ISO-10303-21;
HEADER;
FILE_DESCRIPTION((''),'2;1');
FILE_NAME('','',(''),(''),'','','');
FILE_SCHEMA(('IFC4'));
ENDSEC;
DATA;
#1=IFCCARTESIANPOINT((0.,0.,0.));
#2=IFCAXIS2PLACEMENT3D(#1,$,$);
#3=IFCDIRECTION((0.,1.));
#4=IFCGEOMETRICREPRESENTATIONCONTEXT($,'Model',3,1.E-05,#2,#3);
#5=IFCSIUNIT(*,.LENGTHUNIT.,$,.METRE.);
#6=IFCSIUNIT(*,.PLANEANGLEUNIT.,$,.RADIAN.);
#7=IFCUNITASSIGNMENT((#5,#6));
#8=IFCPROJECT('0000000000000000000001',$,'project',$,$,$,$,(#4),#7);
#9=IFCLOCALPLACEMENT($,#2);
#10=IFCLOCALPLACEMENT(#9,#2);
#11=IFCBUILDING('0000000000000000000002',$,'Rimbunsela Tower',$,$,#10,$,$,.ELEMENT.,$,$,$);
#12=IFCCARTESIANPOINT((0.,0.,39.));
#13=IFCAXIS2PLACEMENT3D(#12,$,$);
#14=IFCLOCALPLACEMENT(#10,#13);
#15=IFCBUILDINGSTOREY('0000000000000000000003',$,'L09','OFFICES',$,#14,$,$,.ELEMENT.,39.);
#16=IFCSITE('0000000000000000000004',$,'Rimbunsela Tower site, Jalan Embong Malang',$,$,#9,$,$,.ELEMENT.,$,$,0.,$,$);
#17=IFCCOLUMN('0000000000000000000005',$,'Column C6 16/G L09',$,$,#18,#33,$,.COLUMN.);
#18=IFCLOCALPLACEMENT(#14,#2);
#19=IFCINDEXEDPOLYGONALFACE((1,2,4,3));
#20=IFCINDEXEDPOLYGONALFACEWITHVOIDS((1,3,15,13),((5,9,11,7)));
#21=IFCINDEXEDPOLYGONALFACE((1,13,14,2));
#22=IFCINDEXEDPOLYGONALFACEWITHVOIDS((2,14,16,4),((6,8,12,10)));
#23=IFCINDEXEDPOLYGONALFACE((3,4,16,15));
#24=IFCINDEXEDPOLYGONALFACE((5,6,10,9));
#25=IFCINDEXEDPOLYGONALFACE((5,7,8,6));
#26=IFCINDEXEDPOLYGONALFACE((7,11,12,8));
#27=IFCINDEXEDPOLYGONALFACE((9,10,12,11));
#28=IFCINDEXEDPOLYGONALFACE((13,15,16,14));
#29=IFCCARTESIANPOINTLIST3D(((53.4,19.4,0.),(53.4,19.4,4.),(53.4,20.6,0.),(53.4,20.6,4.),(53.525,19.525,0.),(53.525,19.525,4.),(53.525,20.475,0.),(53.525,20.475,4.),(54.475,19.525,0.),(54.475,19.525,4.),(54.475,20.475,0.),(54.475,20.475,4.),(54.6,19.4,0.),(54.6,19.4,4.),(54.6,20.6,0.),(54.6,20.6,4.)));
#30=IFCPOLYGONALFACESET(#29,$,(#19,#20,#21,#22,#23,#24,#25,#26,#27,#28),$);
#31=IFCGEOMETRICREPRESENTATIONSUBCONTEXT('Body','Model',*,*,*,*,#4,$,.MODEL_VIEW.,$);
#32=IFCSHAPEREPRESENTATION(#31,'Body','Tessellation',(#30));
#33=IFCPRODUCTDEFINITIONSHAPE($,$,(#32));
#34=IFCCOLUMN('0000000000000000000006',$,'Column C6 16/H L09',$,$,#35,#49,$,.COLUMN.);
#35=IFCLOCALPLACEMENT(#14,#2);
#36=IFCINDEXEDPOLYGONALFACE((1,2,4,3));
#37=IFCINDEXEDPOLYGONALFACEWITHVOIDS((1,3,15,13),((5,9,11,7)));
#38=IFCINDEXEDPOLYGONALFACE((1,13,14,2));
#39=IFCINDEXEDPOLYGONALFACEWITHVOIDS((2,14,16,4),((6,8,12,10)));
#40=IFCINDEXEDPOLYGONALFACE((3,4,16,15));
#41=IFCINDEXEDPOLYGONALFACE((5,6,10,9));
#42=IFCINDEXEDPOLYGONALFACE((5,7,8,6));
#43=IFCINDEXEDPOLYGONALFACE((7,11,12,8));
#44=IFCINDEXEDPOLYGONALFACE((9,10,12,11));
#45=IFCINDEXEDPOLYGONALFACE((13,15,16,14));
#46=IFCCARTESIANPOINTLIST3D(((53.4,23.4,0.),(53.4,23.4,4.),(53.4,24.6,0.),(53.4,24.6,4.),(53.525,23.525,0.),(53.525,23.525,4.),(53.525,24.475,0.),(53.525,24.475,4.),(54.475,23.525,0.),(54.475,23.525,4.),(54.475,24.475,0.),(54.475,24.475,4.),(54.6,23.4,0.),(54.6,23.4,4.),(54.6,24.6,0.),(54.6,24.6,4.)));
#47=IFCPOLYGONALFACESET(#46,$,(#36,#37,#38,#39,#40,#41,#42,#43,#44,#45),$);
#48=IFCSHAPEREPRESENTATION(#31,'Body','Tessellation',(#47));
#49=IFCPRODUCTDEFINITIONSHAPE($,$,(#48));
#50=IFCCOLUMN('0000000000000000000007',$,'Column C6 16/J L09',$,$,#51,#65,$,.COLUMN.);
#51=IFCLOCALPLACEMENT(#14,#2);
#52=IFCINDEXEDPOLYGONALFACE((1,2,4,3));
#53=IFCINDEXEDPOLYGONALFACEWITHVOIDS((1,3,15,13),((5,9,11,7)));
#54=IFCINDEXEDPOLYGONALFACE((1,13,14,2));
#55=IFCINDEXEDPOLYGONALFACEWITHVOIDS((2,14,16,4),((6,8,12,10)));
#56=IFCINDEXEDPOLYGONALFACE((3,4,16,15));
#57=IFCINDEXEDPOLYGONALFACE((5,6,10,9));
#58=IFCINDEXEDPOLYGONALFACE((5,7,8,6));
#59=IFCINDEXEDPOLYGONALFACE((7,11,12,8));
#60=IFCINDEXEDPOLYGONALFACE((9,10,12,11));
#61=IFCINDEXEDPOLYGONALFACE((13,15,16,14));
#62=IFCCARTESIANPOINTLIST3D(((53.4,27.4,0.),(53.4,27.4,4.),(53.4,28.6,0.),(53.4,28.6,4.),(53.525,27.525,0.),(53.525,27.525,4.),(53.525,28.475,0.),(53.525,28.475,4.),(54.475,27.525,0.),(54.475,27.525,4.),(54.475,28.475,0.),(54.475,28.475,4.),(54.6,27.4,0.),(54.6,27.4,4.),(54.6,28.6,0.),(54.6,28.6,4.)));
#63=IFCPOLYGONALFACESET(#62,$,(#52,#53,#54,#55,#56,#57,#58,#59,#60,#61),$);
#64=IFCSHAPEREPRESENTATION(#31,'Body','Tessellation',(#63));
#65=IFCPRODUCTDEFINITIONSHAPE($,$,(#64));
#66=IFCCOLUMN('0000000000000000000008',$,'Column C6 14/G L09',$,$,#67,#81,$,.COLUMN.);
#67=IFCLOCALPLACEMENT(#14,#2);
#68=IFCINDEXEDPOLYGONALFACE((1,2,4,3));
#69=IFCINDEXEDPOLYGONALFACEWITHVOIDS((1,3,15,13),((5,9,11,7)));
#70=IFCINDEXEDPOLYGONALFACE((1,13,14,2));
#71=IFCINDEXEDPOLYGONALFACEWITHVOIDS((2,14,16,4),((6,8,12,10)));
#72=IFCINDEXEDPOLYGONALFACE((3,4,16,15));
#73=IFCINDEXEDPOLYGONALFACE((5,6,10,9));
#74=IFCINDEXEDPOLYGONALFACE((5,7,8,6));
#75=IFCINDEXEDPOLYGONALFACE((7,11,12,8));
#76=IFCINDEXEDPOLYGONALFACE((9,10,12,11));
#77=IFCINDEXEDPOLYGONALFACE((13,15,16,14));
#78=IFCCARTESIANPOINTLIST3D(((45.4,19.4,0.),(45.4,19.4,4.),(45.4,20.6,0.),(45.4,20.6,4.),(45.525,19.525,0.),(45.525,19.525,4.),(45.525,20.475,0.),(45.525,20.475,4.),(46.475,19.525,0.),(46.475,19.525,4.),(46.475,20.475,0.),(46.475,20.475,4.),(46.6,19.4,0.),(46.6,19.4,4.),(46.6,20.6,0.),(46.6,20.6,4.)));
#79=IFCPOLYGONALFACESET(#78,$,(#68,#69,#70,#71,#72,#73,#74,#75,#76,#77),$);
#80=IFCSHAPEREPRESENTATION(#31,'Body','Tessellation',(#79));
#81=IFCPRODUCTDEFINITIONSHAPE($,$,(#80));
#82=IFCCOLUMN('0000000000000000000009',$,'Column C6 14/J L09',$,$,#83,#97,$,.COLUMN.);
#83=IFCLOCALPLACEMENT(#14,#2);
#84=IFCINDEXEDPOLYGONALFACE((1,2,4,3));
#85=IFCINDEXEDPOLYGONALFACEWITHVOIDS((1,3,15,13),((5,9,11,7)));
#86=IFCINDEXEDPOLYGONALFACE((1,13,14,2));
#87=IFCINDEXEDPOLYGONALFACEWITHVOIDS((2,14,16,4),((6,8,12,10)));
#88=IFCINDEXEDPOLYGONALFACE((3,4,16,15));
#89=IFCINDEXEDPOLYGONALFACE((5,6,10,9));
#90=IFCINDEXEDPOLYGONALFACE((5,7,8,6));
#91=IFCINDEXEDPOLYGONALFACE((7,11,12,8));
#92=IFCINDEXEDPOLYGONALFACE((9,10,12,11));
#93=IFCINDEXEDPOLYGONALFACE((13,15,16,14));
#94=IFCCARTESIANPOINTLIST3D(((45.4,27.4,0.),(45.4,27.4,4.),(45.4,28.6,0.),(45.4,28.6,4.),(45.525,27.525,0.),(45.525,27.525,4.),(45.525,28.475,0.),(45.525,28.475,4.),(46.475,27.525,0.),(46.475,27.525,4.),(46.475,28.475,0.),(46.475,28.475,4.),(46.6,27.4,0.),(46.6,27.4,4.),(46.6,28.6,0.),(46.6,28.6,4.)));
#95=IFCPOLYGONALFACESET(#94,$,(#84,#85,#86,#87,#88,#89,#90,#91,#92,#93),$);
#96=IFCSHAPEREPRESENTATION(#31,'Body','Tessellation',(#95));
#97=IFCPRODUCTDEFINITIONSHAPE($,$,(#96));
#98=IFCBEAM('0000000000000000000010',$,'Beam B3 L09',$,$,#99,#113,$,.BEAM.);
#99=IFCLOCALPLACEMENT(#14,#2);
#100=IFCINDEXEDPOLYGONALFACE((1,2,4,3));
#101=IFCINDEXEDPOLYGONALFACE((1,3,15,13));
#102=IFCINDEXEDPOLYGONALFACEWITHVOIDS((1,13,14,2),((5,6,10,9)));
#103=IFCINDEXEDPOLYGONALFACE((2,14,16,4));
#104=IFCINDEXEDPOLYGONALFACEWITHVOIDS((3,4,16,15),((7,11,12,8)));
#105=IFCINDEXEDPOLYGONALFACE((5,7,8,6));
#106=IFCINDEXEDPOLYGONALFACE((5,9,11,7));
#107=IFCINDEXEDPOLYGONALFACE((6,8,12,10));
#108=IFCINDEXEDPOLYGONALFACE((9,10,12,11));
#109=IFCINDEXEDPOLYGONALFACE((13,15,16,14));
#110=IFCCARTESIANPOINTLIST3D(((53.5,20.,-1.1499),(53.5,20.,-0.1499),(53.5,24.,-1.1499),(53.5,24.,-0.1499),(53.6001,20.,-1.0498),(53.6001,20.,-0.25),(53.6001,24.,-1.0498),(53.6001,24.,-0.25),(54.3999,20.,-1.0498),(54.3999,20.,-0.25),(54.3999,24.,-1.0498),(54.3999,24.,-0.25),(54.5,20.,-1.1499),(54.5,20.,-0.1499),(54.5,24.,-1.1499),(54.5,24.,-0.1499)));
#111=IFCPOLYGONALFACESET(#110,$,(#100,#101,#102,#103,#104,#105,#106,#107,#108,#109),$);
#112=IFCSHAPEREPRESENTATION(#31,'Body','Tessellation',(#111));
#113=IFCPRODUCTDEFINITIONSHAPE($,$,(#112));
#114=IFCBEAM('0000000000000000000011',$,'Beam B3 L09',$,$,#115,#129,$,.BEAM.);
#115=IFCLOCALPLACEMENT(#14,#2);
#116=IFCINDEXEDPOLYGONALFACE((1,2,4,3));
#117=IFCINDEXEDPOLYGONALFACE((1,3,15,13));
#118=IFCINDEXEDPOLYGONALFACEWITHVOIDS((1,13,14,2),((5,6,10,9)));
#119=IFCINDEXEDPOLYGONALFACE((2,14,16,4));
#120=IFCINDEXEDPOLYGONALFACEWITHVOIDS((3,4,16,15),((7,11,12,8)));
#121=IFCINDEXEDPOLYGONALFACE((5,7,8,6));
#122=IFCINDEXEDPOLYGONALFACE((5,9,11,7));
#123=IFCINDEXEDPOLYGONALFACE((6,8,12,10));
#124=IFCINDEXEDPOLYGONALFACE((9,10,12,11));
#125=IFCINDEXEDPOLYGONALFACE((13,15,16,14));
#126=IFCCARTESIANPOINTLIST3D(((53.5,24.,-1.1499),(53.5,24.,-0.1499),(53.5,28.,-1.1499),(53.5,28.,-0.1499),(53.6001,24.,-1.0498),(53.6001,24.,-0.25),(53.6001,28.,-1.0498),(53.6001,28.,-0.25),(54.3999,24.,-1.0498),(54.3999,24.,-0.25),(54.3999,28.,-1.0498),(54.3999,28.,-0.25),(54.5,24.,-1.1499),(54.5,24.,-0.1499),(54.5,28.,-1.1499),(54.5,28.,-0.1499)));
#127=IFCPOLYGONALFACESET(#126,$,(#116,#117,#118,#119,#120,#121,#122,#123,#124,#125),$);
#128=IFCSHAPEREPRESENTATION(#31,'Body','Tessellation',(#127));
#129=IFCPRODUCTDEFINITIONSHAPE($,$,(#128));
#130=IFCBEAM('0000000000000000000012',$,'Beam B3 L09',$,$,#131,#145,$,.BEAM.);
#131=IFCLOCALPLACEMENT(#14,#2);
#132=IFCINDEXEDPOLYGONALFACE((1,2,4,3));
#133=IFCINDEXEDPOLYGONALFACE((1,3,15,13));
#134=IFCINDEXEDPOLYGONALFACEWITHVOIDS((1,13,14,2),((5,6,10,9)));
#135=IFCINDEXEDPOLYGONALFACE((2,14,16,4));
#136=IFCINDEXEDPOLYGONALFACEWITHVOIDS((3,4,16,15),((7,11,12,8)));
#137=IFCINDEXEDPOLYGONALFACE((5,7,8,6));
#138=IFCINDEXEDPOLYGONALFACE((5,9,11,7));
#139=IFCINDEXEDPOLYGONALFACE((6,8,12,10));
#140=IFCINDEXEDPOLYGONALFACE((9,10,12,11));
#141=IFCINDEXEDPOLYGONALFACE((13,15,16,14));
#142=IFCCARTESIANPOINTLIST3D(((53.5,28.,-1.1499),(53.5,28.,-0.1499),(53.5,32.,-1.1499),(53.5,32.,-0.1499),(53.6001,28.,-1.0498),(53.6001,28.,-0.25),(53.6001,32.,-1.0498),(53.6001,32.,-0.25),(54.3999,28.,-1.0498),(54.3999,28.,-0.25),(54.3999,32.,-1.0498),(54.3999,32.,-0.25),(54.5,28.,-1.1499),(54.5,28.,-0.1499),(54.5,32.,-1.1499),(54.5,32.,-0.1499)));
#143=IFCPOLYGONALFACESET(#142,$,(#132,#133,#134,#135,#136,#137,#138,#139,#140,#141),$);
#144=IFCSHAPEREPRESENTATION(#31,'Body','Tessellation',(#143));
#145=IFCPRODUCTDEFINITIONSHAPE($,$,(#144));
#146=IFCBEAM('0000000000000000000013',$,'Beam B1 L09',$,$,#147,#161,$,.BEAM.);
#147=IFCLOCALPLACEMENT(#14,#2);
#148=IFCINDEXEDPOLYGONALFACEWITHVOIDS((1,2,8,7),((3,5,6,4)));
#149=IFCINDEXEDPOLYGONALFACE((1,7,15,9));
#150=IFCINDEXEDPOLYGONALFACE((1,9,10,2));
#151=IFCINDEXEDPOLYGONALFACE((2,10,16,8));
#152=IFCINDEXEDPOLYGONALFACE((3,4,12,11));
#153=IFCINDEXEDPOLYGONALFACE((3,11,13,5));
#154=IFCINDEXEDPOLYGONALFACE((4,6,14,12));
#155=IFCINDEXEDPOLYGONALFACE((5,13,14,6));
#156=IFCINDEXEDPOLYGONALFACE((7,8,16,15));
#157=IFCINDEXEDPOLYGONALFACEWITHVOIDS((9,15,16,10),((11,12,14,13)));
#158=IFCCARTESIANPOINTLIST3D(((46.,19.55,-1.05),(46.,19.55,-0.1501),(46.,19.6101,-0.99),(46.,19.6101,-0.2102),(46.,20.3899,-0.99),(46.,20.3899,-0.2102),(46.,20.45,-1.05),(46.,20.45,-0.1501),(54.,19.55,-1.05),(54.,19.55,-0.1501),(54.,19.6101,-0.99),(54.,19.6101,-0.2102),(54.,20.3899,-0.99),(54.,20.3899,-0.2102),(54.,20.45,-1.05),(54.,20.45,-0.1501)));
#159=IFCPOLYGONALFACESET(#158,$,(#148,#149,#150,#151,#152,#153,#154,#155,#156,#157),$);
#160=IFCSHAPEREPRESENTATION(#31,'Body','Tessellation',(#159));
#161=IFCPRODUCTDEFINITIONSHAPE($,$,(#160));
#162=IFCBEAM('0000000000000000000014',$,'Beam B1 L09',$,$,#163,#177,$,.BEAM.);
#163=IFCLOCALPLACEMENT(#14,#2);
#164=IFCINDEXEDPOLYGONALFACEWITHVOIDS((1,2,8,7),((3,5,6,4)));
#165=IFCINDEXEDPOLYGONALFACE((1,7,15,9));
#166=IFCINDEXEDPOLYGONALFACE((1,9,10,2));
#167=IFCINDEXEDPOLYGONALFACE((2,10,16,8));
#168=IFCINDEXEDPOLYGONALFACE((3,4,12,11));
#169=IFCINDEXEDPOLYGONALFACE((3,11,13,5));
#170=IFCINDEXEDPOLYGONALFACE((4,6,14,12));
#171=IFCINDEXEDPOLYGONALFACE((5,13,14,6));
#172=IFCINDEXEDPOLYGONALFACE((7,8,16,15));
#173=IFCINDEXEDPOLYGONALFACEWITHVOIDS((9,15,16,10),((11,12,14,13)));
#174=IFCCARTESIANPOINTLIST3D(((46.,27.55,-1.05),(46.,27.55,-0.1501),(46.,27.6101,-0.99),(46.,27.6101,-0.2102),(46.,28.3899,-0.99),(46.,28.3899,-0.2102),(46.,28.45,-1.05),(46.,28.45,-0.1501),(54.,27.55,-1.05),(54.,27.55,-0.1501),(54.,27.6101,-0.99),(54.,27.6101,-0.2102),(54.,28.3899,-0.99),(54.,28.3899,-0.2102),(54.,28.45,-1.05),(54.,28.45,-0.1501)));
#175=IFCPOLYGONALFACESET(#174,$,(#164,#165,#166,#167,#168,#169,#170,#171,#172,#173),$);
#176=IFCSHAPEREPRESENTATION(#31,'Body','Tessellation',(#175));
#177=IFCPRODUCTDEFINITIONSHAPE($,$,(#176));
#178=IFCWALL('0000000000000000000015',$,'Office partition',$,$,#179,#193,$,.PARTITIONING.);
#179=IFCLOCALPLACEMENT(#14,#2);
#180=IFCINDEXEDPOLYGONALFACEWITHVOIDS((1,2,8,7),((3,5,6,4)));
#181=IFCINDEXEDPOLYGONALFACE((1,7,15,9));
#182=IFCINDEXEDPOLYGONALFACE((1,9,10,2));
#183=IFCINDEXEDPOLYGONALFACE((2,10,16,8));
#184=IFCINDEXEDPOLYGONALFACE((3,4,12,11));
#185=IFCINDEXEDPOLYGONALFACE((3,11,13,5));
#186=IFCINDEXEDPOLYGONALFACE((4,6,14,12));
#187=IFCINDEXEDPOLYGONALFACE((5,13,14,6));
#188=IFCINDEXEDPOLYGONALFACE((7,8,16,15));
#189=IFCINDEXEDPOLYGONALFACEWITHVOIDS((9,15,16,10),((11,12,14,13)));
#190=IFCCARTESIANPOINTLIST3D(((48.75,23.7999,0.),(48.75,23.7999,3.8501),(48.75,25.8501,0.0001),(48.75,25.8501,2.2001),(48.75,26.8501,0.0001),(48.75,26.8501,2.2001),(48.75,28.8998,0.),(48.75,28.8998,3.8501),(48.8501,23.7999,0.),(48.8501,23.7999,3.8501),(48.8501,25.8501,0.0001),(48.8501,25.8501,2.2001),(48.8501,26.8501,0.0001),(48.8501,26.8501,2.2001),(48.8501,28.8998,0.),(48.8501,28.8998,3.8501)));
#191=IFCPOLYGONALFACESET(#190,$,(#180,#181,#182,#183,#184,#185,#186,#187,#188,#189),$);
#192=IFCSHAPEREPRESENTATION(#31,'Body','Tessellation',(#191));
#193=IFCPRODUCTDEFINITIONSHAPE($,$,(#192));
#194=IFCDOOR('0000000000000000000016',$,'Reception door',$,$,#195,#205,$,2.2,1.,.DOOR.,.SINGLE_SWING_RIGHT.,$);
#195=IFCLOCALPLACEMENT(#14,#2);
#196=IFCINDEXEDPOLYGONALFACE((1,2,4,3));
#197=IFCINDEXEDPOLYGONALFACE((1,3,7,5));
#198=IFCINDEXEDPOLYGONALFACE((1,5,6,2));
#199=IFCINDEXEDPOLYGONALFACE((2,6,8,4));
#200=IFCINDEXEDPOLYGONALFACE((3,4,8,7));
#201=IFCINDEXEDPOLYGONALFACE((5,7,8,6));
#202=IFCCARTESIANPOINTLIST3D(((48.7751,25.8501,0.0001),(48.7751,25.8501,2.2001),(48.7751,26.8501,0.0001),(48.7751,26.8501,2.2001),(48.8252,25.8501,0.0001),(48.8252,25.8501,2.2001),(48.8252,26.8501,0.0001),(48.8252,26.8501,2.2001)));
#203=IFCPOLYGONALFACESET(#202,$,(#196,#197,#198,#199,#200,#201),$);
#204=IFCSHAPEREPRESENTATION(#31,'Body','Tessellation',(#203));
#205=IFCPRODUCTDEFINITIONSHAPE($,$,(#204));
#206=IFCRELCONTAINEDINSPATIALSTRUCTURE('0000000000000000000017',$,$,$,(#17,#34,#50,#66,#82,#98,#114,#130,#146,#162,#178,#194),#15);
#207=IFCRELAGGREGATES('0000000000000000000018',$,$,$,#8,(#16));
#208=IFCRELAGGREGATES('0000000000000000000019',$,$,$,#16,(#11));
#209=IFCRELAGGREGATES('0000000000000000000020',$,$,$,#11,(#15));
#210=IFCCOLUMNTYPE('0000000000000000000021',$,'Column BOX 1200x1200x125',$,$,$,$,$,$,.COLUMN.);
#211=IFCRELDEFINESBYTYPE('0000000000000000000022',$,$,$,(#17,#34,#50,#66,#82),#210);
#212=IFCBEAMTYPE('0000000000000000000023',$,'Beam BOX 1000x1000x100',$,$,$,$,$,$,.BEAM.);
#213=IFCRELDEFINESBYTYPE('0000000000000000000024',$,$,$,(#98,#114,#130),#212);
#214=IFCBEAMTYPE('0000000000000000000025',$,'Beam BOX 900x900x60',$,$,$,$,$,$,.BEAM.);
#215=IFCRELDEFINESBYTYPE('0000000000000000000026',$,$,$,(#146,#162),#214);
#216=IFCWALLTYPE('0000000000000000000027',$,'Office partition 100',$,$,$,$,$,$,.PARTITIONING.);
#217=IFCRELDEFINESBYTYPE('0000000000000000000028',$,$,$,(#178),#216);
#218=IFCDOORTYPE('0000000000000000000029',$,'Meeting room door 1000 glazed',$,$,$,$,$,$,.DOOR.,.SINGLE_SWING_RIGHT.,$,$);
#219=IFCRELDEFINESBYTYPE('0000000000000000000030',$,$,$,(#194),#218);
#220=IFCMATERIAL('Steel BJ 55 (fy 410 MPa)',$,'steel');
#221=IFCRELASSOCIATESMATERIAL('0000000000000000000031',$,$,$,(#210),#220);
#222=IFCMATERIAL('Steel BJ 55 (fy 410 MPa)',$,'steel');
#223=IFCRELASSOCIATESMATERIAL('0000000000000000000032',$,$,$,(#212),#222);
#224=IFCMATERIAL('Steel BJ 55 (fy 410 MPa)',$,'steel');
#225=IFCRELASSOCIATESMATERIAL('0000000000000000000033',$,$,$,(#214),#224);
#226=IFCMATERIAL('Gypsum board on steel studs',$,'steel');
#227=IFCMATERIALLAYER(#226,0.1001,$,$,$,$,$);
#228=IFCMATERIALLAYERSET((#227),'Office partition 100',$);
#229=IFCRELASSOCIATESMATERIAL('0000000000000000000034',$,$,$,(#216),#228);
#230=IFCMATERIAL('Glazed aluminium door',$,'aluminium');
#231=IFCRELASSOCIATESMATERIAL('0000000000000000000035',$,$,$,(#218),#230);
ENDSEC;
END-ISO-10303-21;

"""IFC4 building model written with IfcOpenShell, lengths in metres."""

from ifc_helpers import new_model, si_unit, direction, frame, frame_2d, origin, origin_2d, place, context, subcontext, project, spatial, rectangle, hollow_rectangle, extrude, material, layer, layer_set, material_profile, profile_set, type_object, element, fill, save


model = new_model("IFC4")

# Units and contexts
model_context = context("Model", 3, precision=1e-05, world=origin(), true_north=direction((0.0, 1.0)))
body_context = subcontext(model_context, "Body", "Model", "MODEL_VIEW")
ifc_project = project(units=[si_unit("LENGTHUNIT", "METRE"), si_unit("PLANEANGLEUNIT", "RADIAN")], contexts=[model_context])

# Site, building, storey
site_placement = place(None, origin())
site = spatial("IfcSite", under=ifc_project, at=site_placement, Name="Rimbunsela Tower site, Jalan Embong Malang", CompositionType="ELEMENT", RefElevation=0.0)
building_placement = place(site_placement, origin())
building = spatial("IfcBuilding", under=site, at=building_placement, Name="Rimbunsela Tower", CompositionType="ELEMENT")
storey_placement = place(building_placement, frame((0.0, 0.0, 39.0)))
storey = spatial("IfcBuildingStorey", under=building, at=storey_placement, Name="L09", Description="OFFICES", CompositionType="ELEMENT", Elevation=39.0)

# Columns
ifc_material_1 = material(Name="Steel BJ 55 (fy 410 MPa)", Category="steel")
ifc_material_profile_1 = material_profile(ifc_material_1, hollow_rectangle(XDim=1.2, YDim=1.2, WallThickness=0.125, at=origin_2d()), Name="BOX 1200x1200x125")
ifc_profile_set_1 = profile_set([ifc_material_profile_1], Name="Steel BJ 55 (fy 410 MPa)")
column_type = type_object("IfcColumnType", Name="Column BOX 1200x1200x125", PredefinedType="COLUMN", material=ifc_profile_set_1)
for number, where, z_axis, x_axis, name in (
    (1, (54.0, 20.0, 0.0), (0.0, 0.0, 1.0), (1.0, 0.0, 0.0), "Column C6 16/G L09"),
    (2, (54.0, 24.0, 0.0), (0.0, 0.0, 1.0), (1.0, 0.0, 0.0), "Column C6 16/H L09"),
    (3, (54.0, 28.0, 0.0), (0.0, 0.0, 1.0), (1.0, 0.0, 0.0), "Column C6 16/J L09"),
    (4, (46.0, 20.0, 0.0), (0.0, 0.0, 1.0), (1.0, 0.0, 0.0), "Column C6 14/G L09"),
    (5, (46.0, 28.0, 0.0), (0.0, 0.0, 1.0), (1.0, 0.0, 0.0), "Column C6 14/J L09"),
):
    element("IfcColumn", number, at=place(storey_placement, frame(where, z_axis=z_axis, x_axis=x_axis)), inside=storey, type_object=column_type, Name=name, PredefinedType="COLUMN", context=body_context, shape_type="SweptSolid", body=[
        extrude(hollow_rectangle(XDim=1.2, YDim=1.2, WallThickness=0.125, at=origin_2d()), origin(), (0.0, 0.0, 1.0), 4.0),
    ])

# Beams
ifc_material_2 = material(Name="Steel BJ 55 (fy 410 MPa)", Category="steel")
ifc_material_profile_2 = material_profile(ifc_material_2, hollow_rectangle(XDim=1.0, YDim=1.0, WallThickness=0.1001, at=origin_2d()), Name="BOX 1000x1000x100")
ifc_profile_set_2 = profile_set([ifc_material_profile_2], Name="Steel BJ 55 (fy 410 MPa)")
beam_type_1 = type_object("IfcBeamType", Name="Beam BOX 1000x1000x100", PredefinedType="BEAM", material=ifc_profile_set_2)
for number, where, z_axis, x_axis, name in (
    (6, (54.0, 20.0, -0.6499), (0.0, 1.0, 0.0), (-1.0, 0.0, 0.0), "Beam B3 L09"),
    (7, (54.0, 24.0, -0.6499), (0.0, 1.0, 0.0), (-1.0, 0.0, 0.0), "Beam B3 L09"),
    (8, (54.0, 28.0, -0.6499), (0.0, 1.0, 0.0), (-1.0, 0.0, 0.0), "Beam B3 L09"),
):
    element("IfcBeam", number, at=place(storey_placement, frame(where, z_axis=z_axis, x_axis=x_axis)), inside=storey, type_object=beam_type_1, Name=name, PredefinedType="BEAM", context=body_context, shape_type="SweptSolid", body=[
        extrude(hollow_rectangle(XDim=1.0, YDim=1.0, WallThickness=0.1001, at=origin_2d()), origin(), (0.0, 0.0, 1.0), 4.0),
    ])
ifc_material_3 = material(Name="Steel BJ 55 (fy 410 MPa)", Category="steel")
ifc_material_profile_3 = material_profile(ifc_material_3, hollow_rectangle(XDim=0.8999, YDim=0.8999, WallThickness=0.0601, at=origin_2d()), Name="BOX 900x900x60")
ifc_profile_set_3 = profile_set([ifc_material_profile_3], Name="Steel BJ 55 (fy 410 MPa)")
beam_type_2 = type_object("IfcBeamType", Name="Beam BOX 900x900x60", PredefinedType="BEAM", material=ifc_profile_set_3)
for number, where, z_axis, x_axis, name in (
    (9, (46.0, 20.0, -0.6001), (1.0, 0.0, 0.0), (0.0, 1.0, 0.0), "Beam B1 L09"),
    (10, (46.0, 28.0, -0.6001), (1.0, 0.0, 0.0), (0.0, 1.0, 0.0), "Beam B1 L09"),
):
    element("IfcBeam", number, at=place(storey_placement, frame(where, z_axis=z_axis, x_axis=x_axis)), inside=storey, type_object=beam_type_2, Name=name, PredefinedType="BEAM", context=body_context, shape_type="SweptSolid", body=[
        extrude(hollow_rectangle(XDim=0.8999, YDim=0.8999, WallThickness=0.0601, at=origin_2d()), origin(), (0.0, 0.0, 1.0), 8.0),
    ])

# Wall, opening, door
ifc_material_4 = material(Name="Gypsum board on steel studs", Category="steel")
ifc_layer_1 = layer(ifc_material_4, 0.1001)
ifc_layer_set_1 = layer_set([ifc_layer_1], Name="Office partition 100")
wall_type_1 = type_object("IfcWallType", Name="Office partition 100", PredefinedType="PARTITIONING", material=ifc_layer_set_1)
wall_1_placement = place(storey_placement, frame((48.8, 23.8, 0.0), z_axis=(0.0, 0.0, 1.0), x_axis=(0.0, 1.0, 0.0)))
wall_1 = element("IfcWall", 11, at=wall_1_placement, inside=storey, type_object=wall_type_1, Name="Office partition", PredefinedType="PARTITIONING", context=body_context, shape_type="SweptSolid", body=[
    extrude(rectangle(XDim=5.0999, YDim=0.1001, at=frame_2d((2.5498, 0.0))), origin(), (0.0, 0.0, 1.0), 3.8501),
])
opening_1_placement = place(wall_1_placement, frame((2.05, 0.0, 0.0)))
opening_1 = element("IfcOpeningElement", 12, at=opening_1_placement, cuts=wall_1, PredefinedType="OPENING", context=body_context, shape_type="SweptSolid", body=[
    extrude(rectangle(XDim=1.0, YDim=2.2, at=frame_2d((0.5, 1.1001))), frame((0.0, 0.0601, 0.0), z_axis=(0.0, -1.0, 0.0), x_axis=(1.0, 0.0, 0.0)), (0.0, 0.0, 1.0), 0.1201),
])
ifc_material_5 = material(Name="Glazed aluminium door", Category="aluminium")
door_type = type_object("IfcDoorType", Name="Meeting room door 1000 glazed", OperationType="SINGLE_SWING_RIGHT", PredefinedType="DOOR", material=ifc_material_5)
door_placement = place(opening_1_placement, origin())
door = element("IfcDoor", 13, at=door_placement, inside=storey, type_object=door_type, Name="Reception door", OperationType="SINGLE_SWING_RIGHT", OverallHeight=2.2, OverallWidth=1.0, PredefinedType="DOOR", context=body_context, shape_type="SweptSolid", body=[
    extrude(rectangle(XDim=1.0, YDim=2.2, at=frame_2d((0.5, 1.1001))), frame((0.0, 0.0249, 0.0), z_axis=(0.0, -1.0, 0.0), x_axis=(1.0, 0.0, 0.0)), (0.0, 0.0, 1.0), 0.05),
])
fill(opening_1, door)

save(model, "model.ifc")
